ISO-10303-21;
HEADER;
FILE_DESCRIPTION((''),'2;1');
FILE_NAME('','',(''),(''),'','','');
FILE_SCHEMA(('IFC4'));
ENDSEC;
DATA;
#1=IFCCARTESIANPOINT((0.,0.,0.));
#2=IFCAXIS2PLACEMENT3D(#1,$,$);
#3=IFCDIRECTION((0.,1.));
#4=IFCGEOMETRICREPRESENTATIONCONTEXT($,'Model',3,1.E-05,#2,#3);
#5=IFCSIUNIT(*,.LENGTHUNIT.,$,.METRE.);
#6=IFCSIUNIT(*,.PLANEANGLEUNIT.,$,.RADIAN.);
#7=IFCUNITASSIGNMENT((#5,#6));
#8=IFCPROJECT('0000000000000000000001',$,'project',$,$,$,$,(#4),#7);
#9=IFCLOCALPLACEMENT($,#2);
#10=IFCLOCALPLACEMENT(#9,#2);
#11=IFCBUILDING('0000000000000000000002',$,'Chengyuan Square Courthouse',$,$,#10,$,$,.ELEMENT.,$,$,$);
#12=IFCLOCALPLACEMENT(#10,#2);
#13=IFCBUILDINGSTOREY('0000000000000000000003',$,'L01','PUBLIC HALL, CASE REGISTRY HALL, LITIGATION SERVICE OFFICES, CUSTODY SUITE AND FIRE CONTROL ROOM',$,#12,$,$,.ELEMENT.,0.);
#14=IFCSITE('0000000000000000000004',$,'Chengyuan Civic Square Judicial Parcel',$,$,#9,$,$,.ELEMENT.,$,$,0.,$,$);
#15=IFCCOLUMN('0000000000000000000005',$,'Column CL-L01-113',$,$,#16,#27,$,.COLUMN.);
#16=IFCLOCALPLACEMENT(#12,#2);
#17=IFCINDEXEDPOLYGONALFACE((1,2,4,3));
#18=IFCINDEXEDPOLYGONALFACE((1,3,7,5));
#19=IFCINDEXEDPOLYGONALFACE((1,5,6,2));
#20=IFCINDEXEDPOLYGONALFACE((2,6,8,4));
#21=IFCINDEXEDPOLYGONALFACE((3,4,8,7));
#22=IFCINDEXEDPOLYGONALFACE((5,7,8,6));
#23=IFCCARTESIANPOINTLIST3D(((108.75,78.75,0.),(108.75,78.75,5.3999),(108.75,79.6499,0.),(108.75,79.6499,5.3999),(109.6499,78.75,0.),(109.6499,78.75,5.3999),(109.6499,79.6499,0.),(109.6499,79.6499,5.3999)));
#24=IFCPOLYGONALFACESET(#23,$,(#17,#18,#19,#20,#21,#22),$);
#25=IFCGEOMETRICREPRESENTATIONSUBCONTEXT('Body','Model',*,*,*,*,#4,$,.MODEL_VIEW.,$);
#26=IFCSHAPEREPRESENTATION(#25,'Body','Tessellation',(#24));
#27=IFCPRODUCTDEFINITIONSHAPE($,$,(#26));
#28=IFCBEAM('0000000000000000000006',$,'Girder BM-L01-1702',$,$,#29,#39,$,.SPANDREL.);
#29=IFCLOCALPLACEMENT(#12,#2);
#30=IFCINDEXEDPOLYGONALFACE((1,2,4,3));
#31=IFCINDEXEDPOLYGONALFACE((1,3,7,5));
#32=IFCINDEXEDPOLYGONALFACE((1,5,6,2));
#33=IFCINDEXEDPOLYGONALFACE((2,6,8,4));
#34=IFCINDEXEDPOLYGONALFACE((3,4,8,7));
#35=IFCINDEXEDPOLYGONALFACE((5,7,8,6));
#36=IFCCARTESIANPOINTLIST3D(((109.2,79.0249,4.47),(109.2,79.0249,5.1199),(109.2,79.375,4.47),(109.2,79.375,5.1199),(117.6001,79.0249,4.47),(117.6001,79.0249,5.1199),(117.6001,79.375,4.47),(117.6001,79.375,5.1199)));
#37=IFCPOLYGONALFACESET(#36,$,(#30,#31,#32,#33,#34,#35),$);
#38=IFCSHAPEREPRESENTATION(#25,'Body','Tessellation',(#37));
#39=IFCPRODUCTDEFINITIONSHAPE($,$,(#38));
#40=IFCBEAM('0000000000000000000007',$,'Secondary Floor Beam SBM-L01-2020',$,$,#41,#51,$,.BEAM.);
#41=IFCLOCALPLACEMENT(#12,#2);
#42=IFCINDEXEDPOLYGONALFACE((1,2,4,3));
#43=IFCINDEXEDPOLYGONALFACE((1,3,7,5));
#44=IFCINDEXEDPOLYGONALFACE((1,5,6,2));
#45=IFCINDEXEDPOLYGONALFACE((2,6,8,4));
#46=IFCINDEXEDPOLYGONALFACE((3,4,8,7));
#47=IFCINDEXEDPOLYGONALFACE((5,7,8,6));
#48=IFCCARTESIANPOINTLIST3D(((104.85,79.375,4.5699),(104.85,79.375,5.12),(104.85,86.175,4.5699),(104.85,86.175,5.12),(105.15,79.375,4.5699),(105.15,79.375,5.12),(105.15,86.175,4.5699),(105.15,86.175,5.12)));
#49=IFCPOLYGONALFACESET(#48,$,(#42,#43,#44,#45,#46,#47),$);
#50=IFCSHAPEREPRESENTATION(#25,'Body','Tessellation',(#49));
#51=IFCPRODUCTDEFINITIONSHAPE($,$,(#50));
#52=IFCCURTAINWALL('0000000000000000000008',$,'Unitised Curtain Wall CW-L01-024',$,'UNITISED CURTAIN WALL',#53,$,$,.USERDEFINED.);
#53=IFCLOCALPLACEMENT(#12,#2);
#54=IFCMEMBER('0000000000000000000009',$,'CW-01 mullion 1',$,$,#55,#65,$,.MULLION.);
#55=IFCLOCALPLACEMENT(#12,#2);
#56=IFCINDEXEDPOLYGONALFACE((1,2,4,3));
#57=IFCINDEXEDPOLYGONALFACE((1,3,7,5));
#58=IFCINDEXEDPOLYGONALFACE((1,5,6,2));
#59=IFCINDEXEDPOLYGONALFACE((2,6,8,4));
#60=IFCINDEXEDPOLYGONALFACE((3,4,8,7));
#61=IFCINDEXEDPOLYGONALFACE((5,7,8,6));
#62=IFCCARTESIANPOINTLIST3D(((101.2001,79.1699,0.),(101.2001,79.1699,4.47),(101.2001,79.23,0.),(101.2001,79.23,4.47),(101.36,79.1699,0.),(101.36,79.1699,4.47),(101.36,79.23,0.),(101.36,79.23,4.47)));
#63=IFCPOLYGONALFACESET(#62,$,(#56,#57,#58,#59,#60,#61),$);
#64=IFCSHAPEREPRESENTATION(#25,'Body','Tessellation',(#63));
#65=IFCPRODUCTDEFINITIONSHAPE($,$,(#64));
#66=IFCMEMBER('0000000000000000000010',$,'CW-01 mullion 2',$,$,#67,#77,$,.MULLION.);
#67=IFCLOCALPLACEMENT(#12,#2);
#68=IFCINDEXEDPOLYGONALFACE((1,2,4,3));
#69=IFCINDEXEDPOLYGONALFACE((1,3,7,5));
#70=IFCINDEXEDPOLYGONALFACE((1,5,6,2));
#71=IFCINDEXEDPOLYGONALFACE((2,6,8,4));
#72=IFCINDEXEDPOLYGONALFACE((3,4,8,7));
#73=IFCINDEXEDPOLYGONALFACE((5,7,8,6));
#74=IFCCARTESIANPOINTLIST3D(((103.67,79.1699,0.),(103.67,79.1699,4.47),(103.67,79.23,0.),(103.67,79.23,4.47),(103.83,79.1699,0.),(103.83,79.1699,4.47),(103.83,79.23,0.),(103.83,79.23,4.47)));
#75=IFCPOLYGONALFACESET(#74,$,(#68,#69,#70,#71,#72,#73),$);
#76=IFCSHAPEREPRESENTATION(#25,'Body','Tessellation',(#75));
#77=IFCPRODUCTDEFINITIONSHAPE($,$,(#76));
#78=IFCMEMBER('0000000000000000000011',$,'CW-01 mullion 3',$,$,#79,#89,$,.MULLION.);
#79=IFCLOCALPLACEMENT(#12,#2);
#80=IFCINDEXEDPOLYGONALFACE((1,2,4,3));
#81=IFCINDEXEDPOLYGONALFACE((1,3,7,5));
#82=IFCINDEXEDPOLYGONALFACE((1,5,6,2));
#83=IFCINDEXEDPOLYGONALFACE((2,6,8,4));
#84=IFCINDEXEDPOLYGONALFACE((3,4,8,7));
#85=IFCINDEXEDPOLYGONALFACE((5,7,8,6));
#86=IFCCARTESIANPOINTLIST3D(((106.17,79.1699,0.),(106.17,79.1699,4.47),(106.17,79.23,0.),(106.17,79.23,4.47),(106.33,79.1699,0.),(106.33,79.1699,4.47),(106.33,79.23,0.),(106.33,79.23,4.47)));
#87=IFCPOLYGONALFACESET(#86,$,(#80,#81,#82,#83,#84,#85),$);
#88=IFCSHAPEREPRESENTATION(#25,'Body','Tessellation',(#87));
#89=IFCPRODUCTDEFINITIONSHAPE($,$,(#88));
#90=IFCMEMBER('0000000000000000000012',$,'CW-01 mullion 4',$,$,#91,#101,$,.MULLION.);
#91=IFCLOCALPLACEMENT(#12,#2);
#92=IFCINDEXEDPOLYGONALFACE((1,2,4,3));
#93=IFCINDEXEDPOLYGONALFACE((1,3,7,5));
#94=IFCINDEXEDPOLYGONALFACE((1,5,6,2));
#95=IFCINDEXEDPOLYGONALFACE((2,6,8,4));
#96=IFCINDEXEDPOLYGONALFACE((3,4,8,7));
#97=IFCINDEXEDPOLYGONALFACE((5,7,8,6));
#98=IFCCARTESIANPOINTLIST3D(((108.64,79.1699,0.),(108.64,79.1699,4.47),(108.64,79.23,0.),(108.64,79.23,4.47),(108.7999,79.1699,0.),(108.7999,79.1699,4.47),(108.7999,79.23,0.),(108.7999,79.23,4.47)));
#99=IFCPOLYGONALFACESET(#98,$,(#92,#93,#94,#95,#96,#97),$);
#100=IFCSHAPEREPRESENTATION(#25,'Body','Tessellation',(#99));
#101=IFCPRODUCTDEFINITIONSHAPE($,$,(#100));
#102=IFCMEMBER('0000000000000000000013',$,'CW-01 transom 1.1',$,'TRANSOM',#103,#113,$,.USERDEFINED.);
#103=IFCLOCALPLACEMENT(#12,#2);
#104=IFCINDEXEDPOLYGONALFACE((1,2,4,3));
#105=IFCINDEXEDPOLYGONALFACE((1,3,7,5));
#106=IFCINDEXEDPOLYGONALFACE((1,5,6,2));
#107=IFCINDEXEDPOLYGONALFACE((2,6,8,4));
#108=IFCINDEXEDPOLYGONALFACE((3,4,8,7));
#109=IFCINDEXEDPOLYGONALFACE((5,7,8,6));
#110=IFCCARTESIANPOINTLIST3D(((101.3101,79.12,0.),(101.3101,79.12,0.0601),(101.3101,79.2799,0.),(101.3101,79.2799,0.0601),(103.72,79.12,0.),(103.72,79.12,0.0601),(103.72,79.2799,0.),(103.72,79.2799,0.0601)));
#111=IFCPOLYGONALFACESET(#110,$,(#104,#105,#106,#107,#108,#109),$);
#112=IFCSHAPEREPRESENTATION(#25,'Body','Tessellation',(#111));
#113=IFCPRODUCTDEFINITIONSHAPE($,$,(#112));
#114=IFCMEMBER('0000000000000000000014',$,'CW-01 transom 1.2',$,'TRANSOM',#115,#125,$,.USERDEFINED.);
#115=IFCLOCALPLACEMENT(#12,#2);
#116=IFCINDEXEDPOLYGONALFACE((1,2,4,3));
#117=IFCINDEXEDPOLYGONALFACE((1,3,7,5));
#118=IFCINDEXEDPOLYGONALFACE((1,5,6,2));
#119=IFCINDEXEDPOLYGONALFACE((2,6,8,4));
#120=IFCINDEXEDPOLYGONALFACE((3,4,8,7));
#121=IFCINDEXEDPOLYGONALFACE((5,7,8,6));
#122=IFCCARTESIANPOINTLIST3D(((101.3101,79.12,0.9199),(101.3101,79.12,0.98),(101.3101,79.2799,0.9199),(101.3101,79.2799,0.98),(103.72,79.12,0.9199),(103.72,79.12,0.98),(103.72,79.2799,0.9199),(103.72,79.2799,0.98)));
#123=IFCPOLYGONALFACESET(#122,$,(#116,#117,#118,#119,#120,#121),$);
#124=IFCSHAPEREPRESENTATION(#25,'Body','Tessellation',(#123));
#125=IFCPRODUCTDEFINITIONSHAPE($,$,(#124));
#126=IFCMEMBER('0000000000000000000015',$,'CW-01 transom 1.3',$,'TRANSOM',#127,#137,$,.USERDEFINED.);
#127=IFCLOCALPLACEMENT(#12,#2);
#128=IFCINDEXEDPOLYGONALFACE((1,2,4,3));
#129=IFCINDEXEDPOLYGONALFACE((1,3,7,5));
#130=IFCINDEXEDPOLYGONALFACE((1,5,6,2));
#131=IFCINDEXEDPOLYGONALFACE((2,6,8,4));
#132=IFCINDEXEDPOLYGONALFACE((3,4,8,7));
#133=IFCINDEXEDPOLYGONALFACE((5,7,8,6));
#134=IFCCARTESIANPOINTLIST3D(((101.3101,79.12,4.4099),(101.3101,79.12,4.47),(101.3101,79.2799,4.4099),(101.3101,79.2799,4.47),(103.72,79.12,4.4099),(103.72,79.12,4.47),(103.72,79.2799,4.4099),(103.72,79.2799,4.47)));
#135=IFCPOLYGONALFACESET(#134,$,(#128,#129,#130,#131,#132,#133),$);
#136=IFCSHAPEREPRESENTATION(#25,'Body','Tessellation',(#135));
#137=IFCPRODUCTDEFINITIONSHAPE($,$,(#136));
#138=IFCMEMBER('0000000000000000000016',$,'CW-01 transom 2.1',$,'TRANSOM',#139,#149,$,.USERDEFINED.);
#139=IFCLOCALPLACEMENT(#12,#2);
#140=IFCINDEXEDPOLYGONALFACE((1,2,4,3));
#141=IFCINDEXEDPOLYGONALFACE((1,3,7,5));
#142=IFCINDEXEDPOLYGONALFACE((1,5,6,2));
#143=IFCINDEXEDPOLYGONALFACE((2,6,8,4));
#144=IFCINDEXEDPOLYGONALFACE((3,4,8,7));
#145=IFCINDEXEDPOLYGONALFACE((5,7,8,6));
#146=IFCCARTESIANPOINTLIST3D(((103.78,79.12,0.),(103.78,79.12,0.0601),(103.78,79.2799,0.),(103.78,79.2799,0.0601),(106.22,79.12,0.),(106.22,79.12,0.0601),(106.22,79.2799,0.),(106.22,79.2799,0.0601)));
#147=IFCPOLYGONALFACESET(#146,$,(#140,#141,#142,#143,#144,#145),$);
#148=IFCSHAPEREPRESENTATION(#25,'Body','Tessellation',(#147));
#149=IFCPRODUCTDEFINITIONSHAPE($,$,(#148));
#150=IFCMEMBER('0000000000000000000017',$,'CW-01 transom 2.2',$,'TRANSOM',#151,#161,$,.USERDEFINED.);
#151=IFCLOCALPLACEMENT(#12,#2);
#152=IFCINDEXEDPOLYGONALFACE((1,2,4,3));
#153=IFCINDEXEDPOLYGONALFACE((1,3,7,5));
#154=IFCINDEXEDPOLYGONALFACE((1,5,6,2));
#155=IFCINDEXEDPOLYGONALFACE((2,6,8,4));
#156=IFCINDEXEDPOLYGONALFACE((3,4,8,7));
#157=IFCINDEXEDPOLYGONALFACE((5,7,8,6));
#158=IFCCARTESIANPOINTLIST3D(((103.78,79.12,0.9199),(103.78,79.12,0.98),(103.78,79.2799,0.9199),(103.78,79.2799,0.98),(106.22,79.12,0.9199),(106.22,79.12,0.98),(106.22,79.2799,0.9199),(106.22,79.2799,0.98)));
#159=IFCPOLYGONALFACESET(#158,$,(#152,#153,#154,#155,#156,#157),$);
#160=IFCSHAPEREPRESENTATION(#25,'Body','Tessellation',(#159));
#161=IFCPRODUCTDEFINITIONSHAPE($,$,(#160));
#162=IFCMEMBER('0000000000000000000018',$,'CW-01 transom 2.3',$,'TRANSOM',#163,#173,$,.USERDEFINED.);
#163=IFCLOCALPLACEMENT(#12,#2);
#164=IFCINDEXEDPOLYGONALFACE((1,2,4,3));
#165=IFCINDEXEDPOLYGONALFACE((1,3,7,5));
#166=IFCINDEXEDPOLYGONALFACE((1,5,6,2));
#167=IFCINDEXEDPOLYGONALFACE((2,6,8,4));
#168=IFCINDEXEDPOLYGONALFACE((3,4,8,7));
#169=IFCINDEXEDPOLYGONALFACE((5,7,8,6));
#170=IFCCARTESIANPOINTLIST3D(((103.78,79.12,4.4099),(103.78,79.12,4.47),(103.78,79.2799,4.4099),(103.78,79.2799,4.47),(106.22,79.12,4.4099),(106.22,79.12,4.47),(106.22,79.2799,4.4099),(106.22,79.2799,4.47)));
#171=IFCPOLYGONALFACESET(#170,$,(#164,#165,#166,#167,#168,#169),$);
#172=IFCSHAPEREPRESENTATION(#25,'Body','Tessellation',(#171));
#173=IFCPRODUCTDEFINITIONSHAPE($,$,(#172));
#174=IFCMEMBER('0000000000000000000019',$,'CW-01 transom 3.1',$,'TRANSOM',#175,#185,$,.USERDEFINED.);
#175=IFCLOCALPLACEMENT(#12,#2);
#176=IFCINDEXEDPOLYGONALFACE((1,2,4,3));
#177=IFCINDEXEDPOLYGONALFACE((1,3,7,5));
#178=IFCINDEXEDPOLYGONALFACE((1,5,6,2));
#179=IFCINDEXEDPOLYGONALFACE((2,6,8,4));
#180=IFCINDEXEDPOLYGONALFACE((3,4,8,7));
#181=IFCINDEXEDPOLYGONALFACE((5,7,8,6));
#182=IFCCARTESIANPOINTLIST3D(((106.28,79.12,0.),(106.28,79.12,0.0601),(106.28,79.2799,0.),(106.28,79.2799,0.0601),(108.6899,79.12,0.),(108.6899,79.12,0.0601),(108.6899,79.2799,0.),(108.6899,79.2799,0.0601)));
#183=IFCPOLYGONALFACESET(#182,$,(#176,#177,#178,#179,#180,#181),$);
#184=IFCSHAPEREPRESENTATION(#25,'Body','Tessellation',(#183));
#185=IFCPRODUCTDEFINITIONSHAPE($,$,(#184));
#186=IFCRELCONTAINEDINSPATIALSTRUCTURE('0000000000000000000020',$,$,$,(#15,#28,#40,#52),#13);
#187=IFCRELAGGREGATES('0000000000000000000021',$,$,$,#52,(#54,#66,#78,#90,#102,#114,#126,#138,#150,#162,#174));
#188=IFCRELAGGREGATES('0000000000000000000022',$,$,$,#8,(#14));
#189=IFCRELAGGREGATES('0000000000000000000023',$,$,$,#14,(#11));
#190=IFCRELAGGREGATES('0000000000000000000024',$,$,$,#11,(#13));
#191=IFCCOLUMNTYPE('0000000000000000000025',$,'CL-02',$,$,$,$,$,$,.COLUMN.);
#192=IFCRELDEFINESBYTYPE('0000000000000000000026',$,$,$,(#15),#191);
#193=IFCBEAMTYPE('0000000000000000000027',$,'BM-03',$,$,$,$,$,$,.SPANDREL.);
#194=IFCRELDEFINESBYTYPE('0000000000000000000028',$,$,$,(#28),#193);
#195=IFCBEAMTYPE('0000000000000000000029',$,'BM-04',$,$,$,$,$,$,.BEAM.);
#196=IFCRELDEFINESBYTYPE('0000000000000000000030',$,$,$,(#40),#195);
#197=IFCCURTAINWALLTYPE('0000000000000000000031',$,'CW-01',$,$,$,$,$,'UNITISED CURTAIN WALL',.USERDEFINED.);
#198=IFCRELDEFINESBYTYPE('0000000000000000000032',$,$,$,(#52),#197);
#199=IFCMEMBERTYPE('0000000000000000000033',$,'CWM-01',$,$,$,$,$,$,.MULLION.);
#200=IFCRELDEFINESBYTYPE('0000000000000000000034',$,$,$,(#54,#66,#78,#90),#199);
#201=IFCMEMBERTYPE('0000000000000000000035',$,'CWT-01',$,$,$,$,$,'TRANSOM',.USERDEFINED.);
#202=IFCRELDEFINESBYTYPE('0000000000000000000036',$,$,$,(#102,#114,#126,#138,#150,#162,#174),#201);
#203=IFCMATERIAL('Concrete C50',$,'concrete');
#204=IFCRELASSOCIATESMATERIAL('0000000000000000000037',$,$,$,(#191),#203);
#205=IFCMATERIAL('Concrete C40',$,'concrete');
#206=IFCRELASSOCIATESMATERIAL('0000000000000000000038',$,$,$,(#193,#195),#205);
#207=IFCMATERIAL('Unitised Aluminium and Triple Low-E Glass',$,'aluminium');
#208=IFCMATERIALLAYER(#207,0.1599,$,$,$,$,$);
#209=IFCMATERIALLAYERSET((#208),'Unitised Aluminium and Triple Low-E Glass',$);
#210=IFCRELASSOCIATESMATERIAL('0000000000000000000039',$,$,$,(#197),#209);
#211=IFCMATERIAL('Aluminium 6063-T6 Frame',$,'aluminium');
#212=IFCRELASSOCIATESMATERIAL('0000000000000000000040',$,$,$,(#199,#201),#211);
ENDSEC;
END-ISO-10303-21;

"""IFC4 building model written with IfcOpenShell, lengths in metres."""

from ifc_helpers import new_model, si_unit, direction, frame, origin, origin_2d, place, context, subcontext, project, spatial, rectangle, extrude, material, layer, layer_set, material_profile, profile_set, type_object, element, aggregate, save


model = new_model("IFC4")

# Units and contexts
model_context = context("Model", 3, precision=1e-05, world=origin(), true_north=direction((0.0, 1.0)))
body_context = subcontext(model_context, "Body", "Model", "MODEL_VIEW")
ifc_project = project(units=[si_unit("LENGTHUNIT", "METRE"), si_unit("PLANEANGLEUNIT", "RADIAN")], contexts=[model_context])

# Site, building, storey
site_placement = place(None, origin())
site = spatial("IfcSite", under=ifc_project, at=site_placement, Name="Chengyuan Civic Square Judicial Parcel", CompositionType="ELEMENT", RefElevation=0.0)
building_placement = place(site_placement, origin())
building = spatial("IfcBuilding", under=site, at=building_placement, Name="Chengyuan Square Courthouse", CompositionType="ELEMENT")
storey_placement = place(building_placement, origin())
storey = spatial("IfcBuildingStorey", under=building, at=storey_placement, Name="L01", Description="PUBLIC HALL, CASE REGISTRY HALL, LITIGATION SERVICE OFFICES, CUSTODY SUITE AND FIRE CONTROL ROOM", CompositionType="ELEMENT", Elevation=0.0)

# Column
ifc_material_1 = material(Name="Concrete C50", Category="concrete")
ifc_material_profile_1 = material_profile(ifc_material_1, rectangle(XDim=0.8999, YDim=0.8999, at=origin_2d()), Name="RC-COL-900x900")
ifc_profile_set_1 = profile_set([ifc_material_profile_1], Name="Concrete C50")
column_type = type_object("IfcColumnType", Name="CL-02", PredefinedType="COLUMN", material=ifc_profile_set_1)
column_placement = place(storey_placement, frame((109.2, 79.2, 0.0), z_axis=(0.0, 0.0, 1.0), x_axis=(1.0, 0.0, 0.0)))
element("IfcColumn", 1, at=column_placement, inside=storey, type_object=column_type, Name="Column CL-L01-113", PredefinedType="COLUMN", context=body_context, shape_type="SweptSolid", body=[
    extrude(rectangle(XDim=0.8999, YDim=0.8999, at=origin_2d()), origin(), (0.0, 0.0, 1.0), 5.3999),
])

# Beams
ifc_material_2 = material(Name="Concrete C40", Category="concrete")
ifc_material_profile_2 = material_profile(ifc_material_2, rectangle(XDim=0.3501, YDim=0.6499, at=origin_2d()), Name="RC-BM-350x650")
ifc_profile_set_2 = profile_set([ifc_material_profile_2], Name="Concrete C40")
beam_type_1 = type_object("IfcBeamType", Name="BM-03", PredefinedType="SPANDREL", material=ifc_profile_set_2)
beam_1_placement = place(storey_placement, frame((109.2, 79.2, 4.7949), z_axis=(1.0, 0.0, 0.0), x_axis=(0.0, 1.0, 0.0)))
element("IfcBeam", 2, at=beam_1_placement, inside=storey, type_object=beam_type_1, Name="Girder BM-L01-1702", PredefinedType="SPANDREL", context=body_context, shape_type="SweptSolid", body=[
    extrude(rectangle(XDim=0.3501, YDim=0.6499, at=origin_2d()), origin(), (0.0, 0.0, 1.0), 8.4001),
])
ifc_material_profile_3 = material_profile(ifc_material_2, rectangle(XDim=0.3, YDim=0.55, at=origin_2d()), Name="RC-BM-300x550")
ifc_profile_set_3 = profile_set([ifc_material_profile_3], Name="Concrete C40")
beam_type_2 = type_object("IfcBeamType", Name="BM-04", PredefinedType="BEAM", material=ifc_profile_set_3)
beam_2_placement = place(storey_placement, frame((105.0, 79.375, 4.845), z_axis=(0.0, 1.0, 0.0), x_axis=(-1.0, 0.0, 0.0)))
element("IfcBeam", 3, at=beam_2_placement, inside=storey, type_object=beam_type_2, Name="Secondary Floor Beam SBM-L01-2020", PredefinedType="BEAM", context=body_context, shape_type="SweptSolid", body=[
    extrude(rectangle(XDim=0.3, YDim=0.55, at=origin_2d()), origin(), (0.0, 0.0, 1.0), 6.8),
])

# Curtain wall, members
ifc_material_3 = material(Name="Unitised Aluminium and Triple Low-E Glass", Category="aluminium")
ifc_layer_1 = layer(ifc_material_3, 0.1599)
ifc_layer_set_1 = layer_set([ifc_layer_1], Name="Unitised Aluminium and Triple Low-E Glass")
curtain_wall_type = type_object("IfcCurtainWallType", Name="CW-01", ElementType="UNITISED CURTAIN WALL", PredefinedType="USERDEFINED", material=ifc_layer_set_1)
curtain_wall_placement = place(storey_placement, origin())
curtain_wall = element("IfcCurtainWall", 4, at=curtain_wall_placement, inside=storey, type_object=curtain_wall_type, Name="Unitised Curtain Wall CW-L01-024", ObjectType="UNITISED CURTAIN WALL", PredefinedType="USERDEFINED")
ifc_material_4 = material(Name="Aluminium 6063-T6 Frame", Category="aluminium")
ifc_material_profile_4 = material_profile(ifc_material_4, rectangle(XDim=0.0601, YDim=0.1599, at=origin_2d()), Name="CW-MUL-60x160")
ifc_profile_set_4 = profile_set([ifc_material_profile_4], Name="Aluminium 6063-T6 Frame")
member_type_1 = type_object("IfcMemberType", Name="CWM-01", PredefinedType="MULLION", material=ifc_profile_set_4)
member_1_placement = place(storey_placement, frame((101.28, 79.2, 0.0), z_axis=(0.0, 0.0, 1.0), x_axis=(0.0, 1.0, 0.0)))
member_1 = element("IfcMember", 5, at=member_1_placement, type_object=member_type_1, Name="CW-01 mullion 1", PredefinedType="MULLION", context=body_context, shape_type="SweptSolid", body=[
    extrude(rectangle(XDim=0.0601, YDim=0.1599, at=origin_2d()), origin(), (0.0, 0.0, 1.0), 4.47),
])
member_2_placement = place(storey_placement, frame((103.75, 79.2, 0.0), z_axis=(0.0, 0.0, 1.0), x_axis=(0.0, 1.0, 0.0)))
member_2 = element("IfcMember", 6, at=member_2_placement, type_object=member_type_1, Name="CW-01 mullion 2", PredefinedType="MULLION", context=body_context, shape_type="SweptSolid", body=[
    extrude(rectangle(XDim=0.0601, YDim=0.1599, at=origin_2d()), origin(), (0.0, 0.0, 1.0), 4.47),
])
member_3_placement = place(storey_placement, frame((106.25, 79.2, 0.0), z_axis=(0.0, 0.0, 1.0), x_axis=(0.0, 1.0, 0.0)))
member_3 = element("IfcMember", 7, at=member_3_placement, type_object=member_type_1, Name="CW-01 mullion 3", PredefinedType="MULLION", context=body_context, shape_type="SweptSolid", body=[
    extrude(rectangle(XDim=0.0601, YDim=0.1599, at=origin_2d()), origin(), (0.0, 0.0, 1.0), 4.47),
])
member_4_placement = place(storey_placement, frame((108.72, 79.2, 0.0), z_axis=(0.0, 0.0, 1.0), x_axis=(0.0, 1.0, 0.0)))
member_4 = element("IfcMember", 8, at=member_4_placement, type_object=member_type_1, Name="CW-01 mullion 4", PredefinedType="MULLION", context=body_context, shape_type="SweptSolid", body=[
    extrude(rectangle(XDim=0.0601, YDim=0.1599, at=origin_2d()), origin(), (0.0, 0.0, 1.0), 4.47),
])
ifc_material_profile_5 = material_profile(ifc_material_4, rectangle(XDim=0.1599, YDim=0.0601, at=origin_2d()), Name="CW-TRN-60x120")
ifc_profile_set_5 = profile_set([ifc_material_profile_5], Name="Aluminium 6063-T6 Frame")
member_type_2 = type_object("IfcMemberType", Name="CWT-01", ElementType="TRANSOM", PredefinedType="USERDEFINED", material=ifc_profile_set_5)
member_5_placement = place(storey_placement, frame((101.3101, 79.2, 0.03), z_axis=(1.0, 0.0, 0.0), x_axis=(0.0, 1.0, 0.0)))
member_5 = element("IfcMember", 9, at=member_5_placement, type_object=member_type_2, Name="CW-01 transom 1.1", ObjectType="TRANSOM", PredefinedType="USERDEFINED", context=body_context, shape_type="SweptSolid", body=[
    extrude(rectangle(XDim=0.1599, YDim=0.0601, at=origin_2d()), origin(), (0.0, 0.0, 1.0), 2.4099),
])
member_6_placement = place(storey_placement, frame((101.3101, 79.2, 0.95), z_axis=(1.0, 0.0, 0.0), x_axis=(0.0, 1.0, 0.0)))
member_6 = element("IfcMember", 10, at=member_6_placement, type_object=member_type_2, Name="CW-01 transom 1.2", ObjectType="TRANSOM", PredefinedType="USERDEFINED", context=body_context, shape_type="SweptSolid", body=[
    extrude(rectangle(XDim=0.1599, YDim=0.0601, at=origin_2d()), origin(), (0.0, 0.0, 1.0), 2.4099),
])
member_7_placement = place(storey_placement, frame((101.3101, 79.2, 4.4399), z_axis=(1.0, 0.0, 0.0), x_axis=(0.0, 1.0, 0.0)))
member_7 = element("IfcMember", 11, at=member_7_placement, type_object=member_type_2, Name="CW-01 transom 1.3", ObjectType="TRANSOM", PredefinedType="USERDEFINED", context=body_context, shape_type="SweptSolid", body=[
    extrude(rectangle(XDim=0.1599, YDim=0.0601, at=origin_2d()), origin(), (0.0, 0.0, 1.0), 2.4099),
])
member_8_placement = place(storey_placement, frame((103.78, 79.2, 0.03), z_axis=(1.0, 0.0, 0.0), x_axis=(0.0, 1.0, 0.0)))
member_8 = element("IfcMember", 12, at=member_8_placement, type_object=member_type_2, Name="CW-01 transom 2.1", ObjectType="TRANSOM", PredefinedType="USERDEFINED", context=body_context, shape_type="SweptSolid", body=[
    extrude(rectangle(XDim=0.1599, YDim=0.0601, at=origin_2d()), origin(), (0.0, 0.0, 1.0), 2.4399),
])
member_9_placement = place(storey_placement, frame((103.78, 79.2, 0.95), z_axis=(1.0, 0.0, 0.0), x_axis=(0.0, 1.0, 0.0)))
member_9 = element("IfcMember", 13, at=member_9_placement, type_object=member_type_2, Name="CW-01 transom 2.2", ObjectType="TRANSOM", PredefinedType="USERDEFINED", context=body_context, shape_type="SweptSolid", body=[
    extrude(rectangle(XDim=0.1599, YDim=0.0601, at=origin_2d()), origin(), (0.0, 0.0, 1.0), 2.4399),
])
member_10_placement = place(storey_placement, frame((103.78, 79.2, 4.4399), z_axis=(1.0, 0.0, 0.0), x_axis=(0.0, 1.0, 0.0)))
member_10 = element("IfcMember", 14, at=member_10_placement, type_object=member_type_2, Name="CW-01 transom 2.3", ObjectType="TRANSOM", PredefinedType="USERDEFINED", context=body_context, shape_type="SweptSolid", body=[
    extrude(rectangle(XDim=0.1599, YDim=0.0601, at=origin_2d()), origin(), (0.0, 0.0, 1.0), 2.4399),
])
member_11_placement = place(storey_placement, frame((106.28, 79.2, 0.03), z_axis=(1.0, 0.0, 0.0), x_axis=(0.0, 1.0, 0.0)))
member_11 = element("IfcMember", 15, at=member_11_placement, type_object=member_type_2, Name="CW-01 transom 3.1", ObjectType="TRANSOM", PredefinedType="USERDEFINED", context=body_context, shape_type="SweptSolid", body=[
    extrude(rectangle(XDim=0.1599, YDim=0.0601, at=origin_2d()), origin(), (0.0, 0.0, 1.0), 2.4099),
])
aggregate(curtain_wall, [member_1, member_2, member_3, member_4, member_5, member_6, member_7, member_8, member_9, member_10, member_11])

save(model, "model.ifc")
